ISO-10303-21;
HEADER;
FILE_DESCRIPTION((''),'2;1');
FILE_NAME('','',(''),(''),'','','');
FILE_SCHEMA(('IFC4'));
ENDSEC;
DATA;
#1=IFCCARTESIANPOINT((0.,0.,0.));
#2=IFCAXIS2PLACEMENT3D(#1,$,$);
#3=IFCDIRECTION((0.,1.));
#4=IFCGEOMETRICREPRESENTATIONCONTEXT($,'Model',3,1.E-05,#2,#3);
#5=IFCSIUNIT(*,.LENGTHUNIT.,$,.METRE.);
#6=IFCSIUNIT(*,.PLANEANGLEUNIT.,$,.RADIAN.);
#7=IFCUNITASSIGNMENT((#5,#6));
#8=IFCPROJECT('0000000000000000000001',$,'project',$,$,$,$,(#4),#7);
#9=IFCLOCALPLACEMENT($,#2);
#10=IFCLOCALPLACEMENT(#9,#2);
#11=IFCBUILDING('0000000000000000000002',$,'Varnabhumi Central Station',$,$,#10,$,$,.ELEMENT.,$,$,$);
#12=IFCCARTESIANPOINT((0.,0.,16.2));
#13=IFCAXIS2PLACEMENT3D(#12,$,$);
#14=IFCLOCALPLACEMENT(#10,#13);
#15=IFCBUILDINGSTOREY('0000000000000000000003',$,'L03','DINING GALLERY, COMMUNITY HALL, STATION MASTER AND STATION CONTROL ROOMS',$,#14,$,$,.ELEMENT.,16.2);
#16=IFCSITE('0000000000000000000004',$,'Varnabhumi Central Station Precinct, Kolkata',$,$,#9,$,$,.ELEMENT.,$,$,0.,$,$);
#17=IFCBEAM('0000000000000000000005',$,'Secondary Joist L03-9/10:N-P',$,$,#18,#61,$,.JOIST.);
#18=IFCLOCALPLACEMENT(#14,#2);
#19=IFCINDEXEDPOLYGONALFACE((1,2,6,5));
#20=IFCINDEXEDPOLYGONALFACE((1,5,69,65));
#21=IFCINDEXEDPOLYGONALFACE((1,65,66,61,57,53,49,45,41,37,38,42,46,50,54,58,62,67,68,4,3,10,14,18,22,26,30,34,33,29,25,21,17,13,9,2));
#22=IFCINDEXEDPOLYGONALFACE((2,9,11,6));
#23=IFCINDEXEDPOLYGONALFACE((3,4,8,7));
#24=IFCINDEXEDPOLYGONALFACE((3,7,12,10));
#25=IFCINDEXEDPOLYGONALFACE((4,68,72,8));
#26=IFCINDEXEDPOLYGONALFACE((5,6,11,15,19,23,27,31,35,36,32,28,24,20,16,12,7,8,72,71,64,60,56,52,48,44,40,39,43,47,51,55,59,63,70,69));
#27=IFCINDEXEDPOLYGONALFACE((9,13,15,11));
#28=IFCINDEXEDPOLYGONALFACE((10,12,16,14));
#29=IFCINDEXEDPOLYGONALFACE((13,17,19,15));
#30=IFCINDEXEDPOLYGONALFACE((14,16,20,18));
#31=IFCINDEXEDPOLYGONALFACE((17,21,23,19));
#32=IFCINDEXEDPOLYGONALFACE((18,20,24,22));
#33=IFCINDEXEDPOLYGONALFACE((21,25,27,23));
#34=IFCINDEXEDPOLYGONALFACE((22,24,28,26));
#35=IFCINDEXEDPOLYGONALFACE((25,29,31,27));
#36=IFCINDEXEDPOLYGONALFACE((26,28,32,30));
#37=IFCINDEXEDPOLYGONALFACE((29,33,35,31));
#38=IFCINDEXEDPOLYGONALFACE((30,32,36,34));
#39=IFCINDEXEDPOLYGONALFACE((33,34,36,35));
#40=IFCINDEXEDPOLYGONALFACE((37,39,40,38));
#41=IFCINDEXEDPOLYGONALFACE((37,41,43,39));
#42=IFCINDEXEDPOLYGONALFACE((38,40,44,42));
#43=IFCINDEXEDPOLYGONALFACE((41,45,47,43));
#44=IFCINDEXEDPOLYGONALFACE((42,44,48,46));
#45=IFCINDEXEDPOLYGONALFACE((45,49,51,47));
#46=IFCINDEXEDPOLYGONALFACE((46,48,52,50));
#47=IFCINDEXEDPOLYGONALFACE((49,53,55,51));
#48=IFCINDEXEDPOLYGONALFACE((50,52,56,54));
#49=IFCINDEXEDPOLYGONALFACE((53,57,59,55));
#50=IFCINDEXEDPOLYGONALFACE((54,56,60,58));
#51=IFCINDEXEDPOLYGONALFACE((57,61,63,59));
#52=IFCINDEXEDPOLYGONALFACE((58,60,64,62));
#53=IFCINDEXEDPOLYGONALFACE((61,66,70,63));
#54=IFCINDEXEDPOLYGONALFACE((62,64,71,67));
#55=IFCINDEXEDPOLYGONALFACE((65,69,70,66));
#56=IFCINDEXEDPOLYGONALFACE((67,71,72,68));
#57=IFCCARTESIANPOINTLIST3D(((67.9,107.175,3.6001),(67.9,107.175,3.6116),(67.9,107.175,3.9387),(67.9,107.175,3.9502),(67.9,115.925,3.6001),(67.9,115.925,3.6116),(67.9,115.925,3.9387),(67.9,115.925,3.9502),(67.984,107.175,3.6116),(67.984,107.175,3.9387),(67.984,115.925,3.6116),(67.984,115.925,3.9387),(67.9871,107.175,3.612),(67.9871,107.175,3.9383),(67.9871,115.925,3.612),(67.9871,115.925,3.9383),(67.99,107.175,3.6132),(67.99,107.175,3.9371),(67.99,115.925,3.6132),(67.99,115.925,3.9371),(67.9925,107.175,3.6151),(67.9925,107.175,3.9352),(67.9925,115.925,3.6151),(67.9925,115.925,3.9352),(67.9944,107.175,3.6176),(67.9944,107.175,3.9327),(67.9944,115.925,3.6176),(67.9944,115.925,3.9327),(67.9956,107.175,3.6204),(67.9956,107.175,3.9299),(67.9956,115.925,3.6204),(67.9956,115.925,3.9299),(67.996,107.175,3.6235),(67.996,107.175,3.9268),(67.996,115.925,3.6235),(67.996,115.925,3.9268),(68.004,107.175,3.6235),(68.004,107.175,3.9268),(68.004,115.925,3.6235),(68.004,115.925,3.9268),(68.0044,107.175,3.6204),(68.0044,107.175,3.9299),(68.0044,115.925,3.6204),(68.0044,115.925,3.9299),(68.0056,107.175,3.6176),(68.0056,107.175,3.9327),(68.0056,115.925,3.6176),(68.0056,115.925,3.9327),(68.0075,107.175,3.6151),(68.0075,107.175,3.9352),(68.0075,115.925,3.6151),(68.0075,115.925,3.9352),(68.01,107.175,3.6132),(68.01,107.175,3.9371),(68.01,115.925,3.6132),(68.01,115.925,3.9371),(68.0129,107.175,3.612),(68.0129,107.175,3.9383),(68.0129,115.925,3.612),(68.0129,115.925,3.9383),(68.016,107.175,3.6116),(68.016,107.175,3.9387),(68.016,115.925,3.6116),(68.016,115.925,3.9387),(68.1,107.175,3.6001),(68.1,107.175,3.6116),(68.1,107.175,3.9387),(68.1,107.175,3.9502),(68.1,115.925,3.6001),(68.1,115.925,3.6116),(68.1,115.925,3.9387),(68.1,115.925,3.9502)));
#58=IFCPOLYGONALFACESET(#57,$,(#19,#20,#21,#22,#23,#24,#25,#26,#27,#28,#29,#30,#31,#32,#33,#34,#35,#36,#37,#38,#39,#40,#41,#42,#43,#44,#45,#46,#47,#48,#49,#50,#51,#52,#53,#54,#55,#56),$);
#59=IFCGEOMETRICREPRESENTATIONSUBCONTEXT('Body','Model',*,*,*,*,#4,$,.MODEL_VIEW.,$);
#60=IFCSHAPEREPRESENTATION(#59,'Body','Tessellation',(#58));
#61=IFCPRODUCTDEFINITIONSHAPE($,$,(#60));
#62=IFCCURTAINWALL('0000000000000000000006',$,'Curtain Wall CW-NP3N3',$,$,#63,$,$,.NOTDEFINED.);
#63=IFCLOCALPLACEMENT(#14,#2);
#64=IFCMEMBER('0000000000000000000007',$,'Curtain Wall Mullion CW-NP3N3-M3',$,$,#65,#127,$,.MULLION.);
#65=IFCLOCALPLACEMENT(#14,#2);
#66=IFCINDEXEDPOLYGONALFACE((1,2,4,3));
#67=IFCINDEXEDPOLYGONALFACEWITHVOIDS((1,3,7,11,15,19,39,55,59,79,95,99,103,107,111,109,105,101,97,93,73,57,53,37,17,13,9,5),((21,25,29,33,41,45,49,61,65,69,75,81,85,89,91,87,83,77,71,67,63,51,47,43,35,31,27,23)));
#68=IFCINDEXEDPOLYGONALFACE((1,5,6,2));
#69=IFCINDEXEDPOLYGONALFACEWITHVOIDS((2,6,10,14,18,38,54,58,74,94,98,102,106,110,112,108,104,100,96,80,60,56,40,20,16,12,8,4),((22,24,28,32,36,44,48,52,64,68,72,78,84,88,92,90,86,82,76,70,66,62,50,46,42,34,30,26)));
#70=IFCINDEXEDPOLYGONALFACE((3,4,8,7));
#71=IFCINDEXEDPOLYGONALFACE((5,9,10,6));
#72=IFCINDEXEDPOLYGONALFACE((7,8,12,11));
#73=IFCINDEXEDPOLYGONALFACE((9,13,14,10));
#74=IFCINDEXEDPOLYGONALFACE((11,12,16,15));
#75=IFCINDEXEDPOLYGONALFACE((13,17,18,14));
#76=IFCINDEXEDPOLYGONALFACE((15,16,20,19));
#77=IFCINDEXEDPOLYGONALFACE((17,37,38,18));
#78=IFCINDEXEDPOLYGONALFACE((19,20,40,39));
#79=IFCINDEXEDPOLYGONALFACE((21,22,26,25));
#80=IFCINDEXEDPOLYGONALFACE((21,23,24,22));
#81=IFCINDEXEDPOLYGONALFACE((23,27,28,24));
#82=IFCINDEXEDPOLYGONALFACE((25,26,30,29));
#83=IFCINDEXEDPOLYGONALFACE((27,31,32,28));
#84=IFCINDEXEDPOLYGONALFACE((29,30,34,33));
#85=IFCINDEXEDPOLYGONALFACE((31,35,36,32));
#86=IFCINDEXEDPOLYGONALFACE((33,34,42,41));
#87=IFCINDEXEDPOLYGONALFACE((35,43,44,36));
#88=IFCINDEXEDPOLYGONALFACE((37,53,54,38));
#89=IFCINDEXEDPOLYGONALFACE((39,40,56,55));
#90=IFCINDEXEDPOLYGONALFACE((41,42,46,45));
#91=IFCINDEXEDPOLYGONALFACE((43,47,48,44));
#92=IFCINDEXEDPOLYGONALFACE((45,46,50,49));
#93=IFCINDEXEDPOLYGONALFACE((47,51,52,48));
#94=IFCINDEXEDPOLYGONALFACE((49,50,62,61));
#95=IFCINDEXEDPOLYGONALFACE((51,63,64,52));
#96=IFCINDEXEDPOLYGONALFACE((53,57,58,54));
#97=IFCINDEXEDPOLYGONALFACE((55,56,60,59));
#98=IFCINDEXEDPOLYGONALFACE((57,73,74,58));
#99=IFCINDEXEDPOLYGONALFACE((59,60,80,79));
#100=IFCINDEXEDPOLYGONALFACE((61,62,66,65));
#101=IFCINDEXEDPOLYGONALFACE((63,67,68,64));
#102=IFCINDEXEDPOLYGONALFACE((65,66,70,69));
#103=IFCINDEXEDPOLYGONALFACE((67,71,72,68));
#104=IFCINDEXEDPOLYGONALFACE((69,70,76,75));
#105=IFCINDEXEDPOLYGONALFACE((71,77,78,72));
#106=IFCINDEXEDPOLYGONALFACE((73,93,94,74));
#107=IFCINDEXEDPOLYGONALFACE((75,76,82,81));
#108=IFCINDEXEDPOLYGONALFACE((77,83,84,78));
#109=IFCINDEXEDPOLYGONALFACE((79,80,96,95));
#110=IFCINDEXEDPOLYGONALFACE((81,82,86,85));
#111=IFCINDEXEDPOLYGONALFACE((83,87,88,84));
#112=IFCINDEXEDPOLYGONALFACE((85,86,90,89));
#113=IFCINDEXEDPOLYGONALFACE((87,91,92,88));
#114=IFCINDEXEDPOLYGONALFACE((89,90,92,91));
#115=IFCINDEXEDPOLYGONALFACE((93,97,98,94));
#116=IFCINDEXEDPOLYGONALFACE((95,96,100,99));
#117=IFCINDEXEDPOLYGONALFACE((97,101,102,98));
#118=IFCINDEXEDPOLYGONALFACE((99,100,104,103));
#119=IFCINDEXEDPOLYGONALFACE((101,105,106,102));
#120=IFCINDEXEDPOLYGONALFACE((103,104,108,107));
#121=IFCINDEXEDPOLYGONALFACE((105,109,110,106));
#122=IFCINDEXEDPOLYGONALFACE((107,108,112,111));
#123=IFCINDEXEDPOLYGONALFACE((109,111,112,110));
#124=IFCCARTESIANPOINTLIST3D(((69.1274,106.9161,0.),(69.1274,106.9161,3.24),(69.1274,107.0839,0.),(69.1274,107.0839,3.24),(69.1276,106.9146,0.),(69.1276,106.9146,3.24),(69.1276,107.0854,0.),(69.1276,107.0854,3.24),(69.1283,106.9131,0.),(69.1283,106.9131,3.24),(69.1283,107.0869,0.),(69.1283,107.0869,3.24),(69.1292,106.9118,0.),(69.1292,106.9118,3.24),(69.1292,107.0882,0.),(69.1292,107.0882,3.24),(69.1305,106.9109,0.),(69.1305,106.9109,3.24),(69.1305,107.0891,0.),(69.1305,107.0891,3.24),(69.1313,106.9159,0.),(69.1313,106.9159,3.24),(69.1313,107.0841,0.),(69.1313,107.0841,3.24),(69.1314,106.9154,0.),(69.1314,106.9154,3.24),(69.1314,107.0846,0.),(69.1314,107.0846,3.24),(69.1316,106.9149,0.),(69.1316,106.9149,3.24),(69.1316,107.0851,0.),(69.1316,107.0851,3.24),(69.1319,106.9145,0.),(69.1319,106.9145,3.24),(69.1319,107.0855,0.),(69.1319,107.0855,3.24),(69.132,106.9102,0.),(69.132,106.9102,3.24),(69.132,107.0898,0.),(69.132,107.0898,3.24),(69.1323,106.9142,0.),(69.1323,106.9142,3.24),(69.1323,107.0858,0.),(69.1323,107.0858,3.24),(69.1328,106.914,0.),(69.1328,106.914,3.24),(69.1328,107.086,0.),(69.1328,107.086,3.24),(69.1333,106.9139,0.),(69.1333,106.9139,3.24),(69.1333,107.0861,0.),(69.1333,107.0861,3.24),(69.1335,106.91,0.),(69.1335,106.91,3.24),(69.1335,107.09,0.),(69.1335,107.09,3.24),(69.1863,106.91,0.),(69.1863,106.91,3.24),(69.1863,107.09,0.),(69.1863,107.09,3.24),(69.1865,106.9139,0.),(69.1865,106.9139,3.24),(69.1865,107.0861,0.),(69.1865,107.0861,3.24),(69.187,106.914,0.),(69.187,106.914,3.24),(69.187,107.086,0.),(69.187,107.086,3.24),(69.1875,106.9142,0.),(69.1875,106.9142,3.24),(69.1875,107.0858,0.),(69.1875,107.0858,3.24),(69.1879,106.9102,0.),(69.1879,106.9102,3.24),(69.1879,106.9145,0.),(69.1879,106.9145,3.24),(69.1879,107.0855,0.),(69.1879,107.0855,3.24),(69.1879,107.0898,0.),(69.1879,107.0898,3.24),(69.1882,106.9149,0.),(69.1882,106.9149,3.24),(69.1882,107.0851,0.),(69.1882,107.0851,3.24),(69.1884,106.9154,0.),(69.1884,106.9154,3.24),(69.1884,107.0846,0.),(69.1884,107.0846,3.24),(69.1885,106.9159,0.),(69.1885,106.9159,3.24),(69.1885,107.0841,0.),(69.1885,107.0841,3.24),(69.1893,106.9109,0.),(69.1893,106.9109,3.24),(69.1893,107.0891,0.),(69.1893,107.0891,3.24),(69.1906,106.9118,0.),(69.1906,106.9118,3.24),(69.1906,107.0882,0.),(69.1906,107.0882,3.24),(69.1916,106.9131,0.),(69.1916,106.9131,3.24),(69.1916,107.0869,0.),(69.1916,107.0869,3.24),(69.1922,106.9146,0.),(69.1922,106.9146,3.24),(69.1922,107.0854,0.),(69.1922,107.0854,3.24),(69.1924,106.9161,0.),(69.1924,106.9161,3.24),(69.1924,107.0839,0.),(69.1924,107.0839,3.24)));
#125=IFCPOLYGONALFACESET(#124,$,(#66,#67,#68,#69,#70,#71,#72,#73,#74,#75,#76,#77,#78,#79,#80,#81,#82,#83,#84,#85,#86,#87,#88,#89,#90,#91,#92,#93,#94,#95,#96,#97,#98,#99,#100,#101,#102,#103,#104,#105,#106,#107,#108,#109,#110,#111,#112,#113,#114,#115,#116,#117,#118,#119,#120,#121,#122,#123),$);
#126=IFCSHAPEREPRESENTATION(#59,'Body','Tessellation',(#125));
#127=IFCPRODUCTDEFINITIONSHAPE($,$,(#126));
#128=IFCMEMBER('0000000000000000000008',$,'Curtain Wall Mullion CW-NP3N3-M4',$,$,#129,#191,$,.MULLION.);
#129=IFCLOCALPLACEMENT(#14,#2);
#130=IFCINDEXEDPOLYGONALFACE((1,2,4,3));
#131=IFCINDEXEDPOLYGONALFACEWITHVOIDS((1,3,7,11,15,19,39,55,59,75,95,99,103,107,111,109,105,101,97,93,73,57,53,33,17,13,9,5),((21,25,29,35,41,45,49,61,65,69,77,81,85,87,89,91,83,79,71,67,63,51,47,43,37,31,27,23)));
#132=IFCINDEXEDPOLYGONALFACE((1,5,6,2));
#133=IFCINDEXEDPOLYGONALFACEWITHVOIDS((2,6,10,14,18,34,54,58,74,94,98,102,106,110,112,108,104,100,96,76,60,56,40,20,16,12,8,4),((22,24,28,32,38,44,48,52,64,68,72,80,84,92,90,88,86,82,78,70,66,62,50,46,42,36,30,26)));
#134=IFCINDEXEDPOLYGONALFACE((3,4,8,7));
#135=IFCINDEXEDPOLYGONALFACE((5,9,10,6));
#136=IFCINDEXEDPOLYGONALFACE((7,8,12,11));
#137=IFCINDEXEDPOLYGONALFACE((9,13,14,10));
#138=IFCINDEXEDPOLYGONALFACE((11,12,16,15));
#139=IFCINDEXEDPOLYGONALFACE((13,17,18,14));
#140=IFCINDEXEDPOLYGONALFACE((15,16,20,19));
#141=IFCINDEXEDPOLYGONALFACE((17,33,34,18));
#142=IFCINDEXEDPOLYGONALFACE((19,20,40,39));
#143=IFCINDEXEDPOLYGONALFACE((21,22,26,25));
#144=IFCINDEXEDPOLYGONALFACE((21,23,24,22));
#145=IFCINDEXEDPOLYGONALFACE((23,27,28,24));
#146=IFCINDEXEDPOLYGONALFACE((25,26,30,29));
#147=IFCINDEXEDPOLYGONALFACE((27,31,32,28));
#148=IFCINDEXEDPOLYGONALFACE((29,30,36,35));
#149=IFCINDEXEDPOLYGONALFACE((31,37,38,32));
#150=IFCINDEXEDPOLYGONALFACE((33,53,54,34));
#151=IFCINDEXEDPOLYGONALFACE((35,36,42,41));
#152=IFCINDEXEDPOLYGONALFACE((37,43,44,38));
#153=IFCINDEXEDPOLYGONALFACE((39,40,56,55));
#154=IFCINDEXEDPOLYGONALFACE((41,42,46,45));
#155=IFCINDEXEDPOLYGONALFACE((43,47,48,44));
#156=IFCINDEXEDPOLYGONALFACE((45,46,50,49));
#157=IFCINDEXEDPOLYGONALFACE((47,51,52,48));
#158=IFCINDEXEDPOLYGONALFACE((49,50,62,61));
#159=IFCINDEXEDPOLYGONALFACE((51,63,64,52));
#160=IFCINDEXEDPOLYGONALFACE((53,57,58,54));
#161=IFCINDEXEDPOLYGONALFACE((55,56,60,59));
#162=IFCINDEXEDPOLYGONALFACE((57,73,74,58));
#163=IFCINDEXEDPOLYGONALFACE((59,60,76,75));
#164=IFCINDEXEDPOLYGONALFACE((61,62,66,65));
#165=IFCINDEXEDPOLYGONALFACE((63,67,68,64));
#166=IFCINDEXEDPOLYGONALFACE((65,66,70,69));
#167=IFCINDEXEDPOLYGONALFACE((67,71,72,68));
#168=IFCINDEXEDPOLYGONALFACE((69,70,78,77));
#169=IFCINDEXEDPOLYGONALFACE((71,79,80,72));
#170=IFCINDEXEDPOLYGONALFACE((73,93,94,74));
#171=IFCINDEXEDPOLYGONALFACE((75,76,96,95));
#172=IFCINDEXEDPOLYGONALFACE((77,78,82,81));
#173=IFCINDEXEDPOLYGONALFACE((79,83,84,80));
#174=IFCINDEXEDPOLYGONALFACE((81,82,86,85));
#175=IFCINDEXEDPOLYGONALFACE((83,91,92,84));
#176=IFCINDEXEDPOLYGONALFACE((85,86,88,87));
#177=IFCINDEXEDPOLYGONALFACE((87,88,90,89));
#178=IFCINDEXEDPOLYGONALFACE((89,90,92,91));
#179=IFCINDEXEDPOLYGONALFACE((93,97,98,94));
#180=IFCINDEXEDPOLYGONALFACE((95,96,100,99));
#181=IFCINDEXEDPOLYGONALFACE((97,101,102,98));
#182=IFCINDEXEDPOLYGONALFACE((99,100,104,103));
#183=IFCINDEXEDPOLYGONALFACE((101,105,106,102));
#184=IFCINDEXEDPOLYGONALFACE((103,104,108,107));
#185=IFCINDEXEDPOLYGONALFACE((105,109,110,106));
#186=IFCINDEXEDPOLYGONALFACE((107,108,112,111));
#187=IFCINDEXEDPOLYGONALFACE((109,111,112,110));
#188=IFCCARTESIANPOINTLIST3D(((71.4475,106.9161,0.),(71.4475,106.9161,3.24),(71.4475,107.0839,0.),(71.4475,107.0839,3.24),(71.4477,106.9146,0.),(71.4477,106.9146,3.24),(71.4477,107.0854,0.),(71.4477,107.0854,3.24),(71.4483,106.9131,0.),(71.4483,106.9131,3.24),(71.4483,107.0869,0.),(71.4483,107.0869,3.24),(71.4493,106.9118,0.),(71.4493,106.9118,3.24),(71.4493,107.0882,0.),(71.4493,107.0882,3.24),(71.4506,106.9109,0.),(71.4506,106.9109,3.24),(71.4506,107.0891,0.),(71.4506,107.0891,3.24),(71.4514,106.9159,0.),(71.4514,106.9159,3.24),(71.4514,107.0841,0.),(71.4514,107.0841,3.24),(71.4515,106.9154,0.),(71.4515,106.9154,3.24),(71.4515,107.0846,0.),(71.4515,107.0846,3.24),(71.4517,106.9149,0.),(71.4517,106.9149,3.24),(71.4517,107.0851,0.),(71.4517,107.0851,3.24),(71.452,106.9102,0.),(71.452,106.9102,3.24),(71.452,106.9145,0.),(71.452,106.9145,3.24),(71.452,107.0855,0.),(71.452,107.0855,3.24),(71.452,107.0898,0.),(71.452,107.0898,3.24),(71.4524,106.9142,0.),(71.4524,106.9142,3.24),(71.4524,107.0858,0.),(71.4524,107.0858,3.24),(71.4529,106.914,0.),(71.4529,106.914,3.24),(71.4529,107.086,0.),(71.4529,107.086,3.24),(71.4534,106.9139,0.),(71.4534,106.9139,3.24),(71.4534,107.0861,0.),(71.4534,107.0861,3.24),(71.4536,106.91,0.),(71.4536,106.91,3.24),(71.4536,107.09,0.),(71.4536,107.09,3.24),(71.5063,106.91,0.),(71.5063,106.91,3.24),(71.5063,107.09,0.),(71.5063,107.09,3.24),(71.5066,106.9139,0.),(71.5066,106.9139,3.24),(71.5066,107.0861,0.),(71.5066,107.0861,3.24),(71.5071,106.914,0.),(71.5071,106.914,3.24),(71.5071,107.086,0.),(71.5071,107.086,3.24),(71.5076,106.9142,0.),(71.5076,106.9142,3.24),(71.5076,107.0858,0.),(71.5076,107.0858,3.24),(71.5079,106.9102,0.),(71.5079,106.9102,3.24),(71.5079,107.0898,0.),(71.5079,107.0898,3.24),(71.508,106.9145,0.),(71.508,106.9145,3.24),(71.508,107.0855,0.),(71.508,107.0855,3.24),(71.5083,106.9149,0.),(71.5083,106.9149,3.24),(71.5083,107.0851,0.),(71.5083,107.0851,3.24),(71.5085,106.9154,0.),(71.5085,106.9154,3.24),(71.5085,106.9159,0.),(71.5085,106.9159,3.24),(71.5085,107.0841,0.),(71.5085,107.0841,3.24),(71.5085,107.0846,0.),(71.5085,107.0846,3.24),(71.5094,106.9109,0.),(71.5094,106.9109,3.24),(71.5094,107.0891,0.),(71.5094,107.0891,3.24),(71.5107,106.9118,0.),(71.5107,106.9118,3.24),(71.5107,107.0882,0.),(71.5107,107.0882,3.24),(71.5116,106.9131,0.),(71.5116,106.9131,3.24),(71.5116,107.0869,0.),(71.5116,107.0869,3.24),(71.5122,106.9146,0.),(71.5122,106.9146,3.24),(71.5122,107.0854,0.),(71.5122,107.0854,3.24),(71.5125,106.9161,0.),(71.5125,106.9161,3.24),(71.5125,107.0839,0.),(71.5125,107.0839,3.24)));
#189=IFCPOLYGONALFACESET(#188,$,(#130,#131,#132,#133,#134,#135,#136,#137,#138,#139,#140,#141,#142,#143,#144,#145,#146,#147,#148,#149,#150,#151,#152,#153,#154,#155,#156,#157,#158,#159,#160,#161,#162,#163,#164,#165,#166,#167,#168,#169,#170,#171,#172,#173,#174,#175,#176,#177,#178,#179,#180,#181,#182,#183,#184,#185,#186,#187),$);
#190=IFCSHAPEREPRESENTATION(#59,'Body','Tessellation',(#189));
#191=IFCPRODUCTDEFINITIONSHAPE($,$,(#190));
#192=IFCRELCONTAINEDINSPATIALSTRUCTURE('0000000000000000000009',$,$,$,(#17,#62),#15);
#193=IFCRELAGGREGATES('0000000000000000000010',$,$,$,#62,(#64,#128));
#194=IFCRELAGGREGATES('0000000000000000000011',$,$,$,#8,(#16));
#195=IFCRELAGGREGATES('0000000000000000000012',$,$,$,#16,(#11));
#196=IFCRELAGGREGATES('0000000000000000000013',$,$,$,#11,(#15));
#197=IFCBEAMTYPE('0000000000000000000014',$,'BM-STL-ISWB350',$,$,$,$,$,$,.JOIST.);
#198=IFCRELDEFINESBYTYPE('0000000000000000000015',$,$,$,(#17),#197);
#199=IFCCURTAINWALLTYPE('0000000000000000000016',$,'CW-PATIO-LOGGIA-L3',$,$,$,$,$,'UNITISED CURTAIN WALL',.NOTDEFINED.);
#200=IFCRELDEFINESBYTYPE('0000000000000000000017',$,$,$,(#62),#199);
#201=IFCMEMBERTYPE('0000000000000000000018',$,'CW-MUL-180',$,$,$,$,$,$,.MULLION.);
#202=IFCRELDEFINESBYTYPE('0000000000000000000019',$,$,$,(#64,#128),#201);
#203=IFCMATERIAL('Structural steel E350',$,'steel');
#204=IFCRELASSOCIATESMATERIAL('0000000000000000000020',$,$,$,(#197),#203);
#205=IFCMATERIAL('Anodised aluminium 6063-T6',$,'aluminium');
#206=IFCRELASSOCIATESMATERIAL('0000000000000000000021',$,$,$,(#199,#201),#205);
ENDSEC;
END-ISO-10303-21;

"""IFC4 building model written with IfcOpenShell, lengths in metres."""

from ifc_helpers import new_model, si_unit, direction, frame, origin, origin_2d, place, context, subcontext, project, spatial, hollow_rectangle, i_section, extrude, material, material_profile, profile_set, type_object, element, aggregate, save


model = new_model("IFC4")

# Units and contexts
model_context = context("Model", 3, precision=1e-05, world=origin(), true_north=direction((0.0, 1.0)))
body_context = subcontext(model_context, "Body", "Model", "MODEL_VIEW")
ifc_project = project(units=[si_unit("LENGTHUNIT", "METRE"), si_unit("PLANEANGLEUNIT", "RADIAN")], contexts=[model_context])

# Site, building, storey
site_placement = place(None, origin())
site = spatial("IfcSite", under=ifc_project, at=site_placement, Name="Varnabhumi Central Station Precinct, Kolkata", CompositionType="ELEMENT", RefElevation=0.0)
building_placement = place(site_placement, origin())
building = spatial("IfcBuilding", under=site, at=building_placement, Name="Varnabhumi Central Station", CompositionType="ELEMENT")
storey_placement = place(building_placement, frame((0.0, 0.0, 16.2)))
storey = spatial("IfcBuildingStorey", under=building, at=storey_placement, Name="L03", Description="DINING GALLERY, COMMUNITY HALL, STATION MASTER AND STATION CONTROL ROOMS", CompositionType="ELEMENT", Elevation=16.2)

# Beam
ifc_material_1 = material(Name="Structural steel E350", Category="steel")
ifc_material_profile_1 = material_profile(ifc_material_1, i_section(OverallWidth=0.2, OverallDepth=0.3501, WebThickness=0.0081, FlangeThickness=0.0115, FilletRadius=0.012, at=origin_2d()), Name="Structural steel E350", Category="steel")
ifc_profile_set_1 = profile_set([ifc_material_profile_1], Name="Structural steel E350")
beam_type_1 = type_object("IfcBeamType", Name="BM-STL-ISWB350", PredefinedType="JOIST", material=ifc_profile_set_1)
beam_1_placement = place(storey_placement, frame((68.0, 107.175, 3.7751), z_axis=(0.0, 1.0, 0.0), x_axis=(-1.0, 0.0, 0.0)))
element("IfcBeam", 1, at=beam_1_placement, inside=storey, type_object=beam_type_1, Name="Secondary Joist L03-9/10:N-P", PredefinedType="JOIST", context=body_context, shape_type="SweptSolid", body=[
    extrude(i_section(OverallWidth=0.2, OverallDepth=0.3501, WebThickness=0.0081, FlangeThickness=0.0115, FilletRadius=0.012, at=origin_2d()), origin(), (0.0, 0.0, 1.0), 8.75),
])

# Curtain wall, members
ifc_material_2 = material(Name="Anodised aluminium 6063-T6", Category="aluminium")
curtain_wall_type = type_object("IfcCurtainWallType", Name="CW-PATIO-LOGGIA-L3", ElementType="UNITISED CURTAIN WALL", PredefinedType="NOTDEFINED", material=ifc_material_2)
curtain_wall_1_placement = place(storey_placement, origin())
curtain_wall_1 = element("IfcCurtainWall", 2, at=curtain_wall_1_placement, inside=storey, type_object=curtain_wall_type, Name="Curtain Wall CW-NP3N3", PredefinedType="NOTDEFINED")
ifc_material_profile_2 = material_profile(ifc_material_2, hollow_rectangle(XDim=0.0649, YDim=0.1799, WallThickness=0.0039, InnerFilletRadius=0.002, OuterFilletRadius=0.0061, at=origin_2d()), Name="Anodised aluminium 6063-T6", Category="aluminium")
ifc_profile_set_2 = profile_set([ifc_material_profile_2], Name="Anodised aluminium 6063-T6")
member_type_1 = type_object("IfcMemberType", Name="CW-MUL-180", PredefinedType="MULLION", material=ifc_profile_set_2)
member_1_placement = place(storey_placement, frame((69.1599, 107.0, 0.0), z_axis=(0.0, 0.0, 1.0), x_axis=(1.0, 0.0, 0.0)))
member_1 = element("IfcMember", 3, at=member_1_placement, type_object=member_type_1, Name="Curtain Wall Mullion CW-NP3N3-M3", PredefinedType="MULLION", context=body_context, shape_type="SweptSolid", body=[
    extrude(hollow_rectangle(XDim=0.0649, YDim=0.1799, WallThickness=0.0039, InnerFilletRadius=0.002, OuterFilletRadius=0.0061, at=origin_2d()), origin(), (0.0, 0.0, 1.0), 3.24),
])
member_2_placement = place(storey_placement, frame((71.48, 107.0, 0.0), z_axis=(0.0, 0.0, 1.0), x_axis=(1.0, 0.0, 0.0)))
member_2 = element("IfcMember", 4, at=member_2_placement, type_object=member_type_1, Name="Curtain Wall Mullion CW-NP3N3-M4", PredefinedType="MULLION", context=body_context, shape_type="SweptSolid", body=[
    extrude(hollow_rectangle(XDim=0.0649, YDim=0.1799, WallThickness=0.0039, InnerFilletRadius=0.002, OuterFilletRadius=0.0061, at=origin_2d()), origin(), (0.0, 0.0, 1.0), 3.24),
])

aggregate(curtain_wall_1, [member_1, member_2])

save(model, "model.ifc")
